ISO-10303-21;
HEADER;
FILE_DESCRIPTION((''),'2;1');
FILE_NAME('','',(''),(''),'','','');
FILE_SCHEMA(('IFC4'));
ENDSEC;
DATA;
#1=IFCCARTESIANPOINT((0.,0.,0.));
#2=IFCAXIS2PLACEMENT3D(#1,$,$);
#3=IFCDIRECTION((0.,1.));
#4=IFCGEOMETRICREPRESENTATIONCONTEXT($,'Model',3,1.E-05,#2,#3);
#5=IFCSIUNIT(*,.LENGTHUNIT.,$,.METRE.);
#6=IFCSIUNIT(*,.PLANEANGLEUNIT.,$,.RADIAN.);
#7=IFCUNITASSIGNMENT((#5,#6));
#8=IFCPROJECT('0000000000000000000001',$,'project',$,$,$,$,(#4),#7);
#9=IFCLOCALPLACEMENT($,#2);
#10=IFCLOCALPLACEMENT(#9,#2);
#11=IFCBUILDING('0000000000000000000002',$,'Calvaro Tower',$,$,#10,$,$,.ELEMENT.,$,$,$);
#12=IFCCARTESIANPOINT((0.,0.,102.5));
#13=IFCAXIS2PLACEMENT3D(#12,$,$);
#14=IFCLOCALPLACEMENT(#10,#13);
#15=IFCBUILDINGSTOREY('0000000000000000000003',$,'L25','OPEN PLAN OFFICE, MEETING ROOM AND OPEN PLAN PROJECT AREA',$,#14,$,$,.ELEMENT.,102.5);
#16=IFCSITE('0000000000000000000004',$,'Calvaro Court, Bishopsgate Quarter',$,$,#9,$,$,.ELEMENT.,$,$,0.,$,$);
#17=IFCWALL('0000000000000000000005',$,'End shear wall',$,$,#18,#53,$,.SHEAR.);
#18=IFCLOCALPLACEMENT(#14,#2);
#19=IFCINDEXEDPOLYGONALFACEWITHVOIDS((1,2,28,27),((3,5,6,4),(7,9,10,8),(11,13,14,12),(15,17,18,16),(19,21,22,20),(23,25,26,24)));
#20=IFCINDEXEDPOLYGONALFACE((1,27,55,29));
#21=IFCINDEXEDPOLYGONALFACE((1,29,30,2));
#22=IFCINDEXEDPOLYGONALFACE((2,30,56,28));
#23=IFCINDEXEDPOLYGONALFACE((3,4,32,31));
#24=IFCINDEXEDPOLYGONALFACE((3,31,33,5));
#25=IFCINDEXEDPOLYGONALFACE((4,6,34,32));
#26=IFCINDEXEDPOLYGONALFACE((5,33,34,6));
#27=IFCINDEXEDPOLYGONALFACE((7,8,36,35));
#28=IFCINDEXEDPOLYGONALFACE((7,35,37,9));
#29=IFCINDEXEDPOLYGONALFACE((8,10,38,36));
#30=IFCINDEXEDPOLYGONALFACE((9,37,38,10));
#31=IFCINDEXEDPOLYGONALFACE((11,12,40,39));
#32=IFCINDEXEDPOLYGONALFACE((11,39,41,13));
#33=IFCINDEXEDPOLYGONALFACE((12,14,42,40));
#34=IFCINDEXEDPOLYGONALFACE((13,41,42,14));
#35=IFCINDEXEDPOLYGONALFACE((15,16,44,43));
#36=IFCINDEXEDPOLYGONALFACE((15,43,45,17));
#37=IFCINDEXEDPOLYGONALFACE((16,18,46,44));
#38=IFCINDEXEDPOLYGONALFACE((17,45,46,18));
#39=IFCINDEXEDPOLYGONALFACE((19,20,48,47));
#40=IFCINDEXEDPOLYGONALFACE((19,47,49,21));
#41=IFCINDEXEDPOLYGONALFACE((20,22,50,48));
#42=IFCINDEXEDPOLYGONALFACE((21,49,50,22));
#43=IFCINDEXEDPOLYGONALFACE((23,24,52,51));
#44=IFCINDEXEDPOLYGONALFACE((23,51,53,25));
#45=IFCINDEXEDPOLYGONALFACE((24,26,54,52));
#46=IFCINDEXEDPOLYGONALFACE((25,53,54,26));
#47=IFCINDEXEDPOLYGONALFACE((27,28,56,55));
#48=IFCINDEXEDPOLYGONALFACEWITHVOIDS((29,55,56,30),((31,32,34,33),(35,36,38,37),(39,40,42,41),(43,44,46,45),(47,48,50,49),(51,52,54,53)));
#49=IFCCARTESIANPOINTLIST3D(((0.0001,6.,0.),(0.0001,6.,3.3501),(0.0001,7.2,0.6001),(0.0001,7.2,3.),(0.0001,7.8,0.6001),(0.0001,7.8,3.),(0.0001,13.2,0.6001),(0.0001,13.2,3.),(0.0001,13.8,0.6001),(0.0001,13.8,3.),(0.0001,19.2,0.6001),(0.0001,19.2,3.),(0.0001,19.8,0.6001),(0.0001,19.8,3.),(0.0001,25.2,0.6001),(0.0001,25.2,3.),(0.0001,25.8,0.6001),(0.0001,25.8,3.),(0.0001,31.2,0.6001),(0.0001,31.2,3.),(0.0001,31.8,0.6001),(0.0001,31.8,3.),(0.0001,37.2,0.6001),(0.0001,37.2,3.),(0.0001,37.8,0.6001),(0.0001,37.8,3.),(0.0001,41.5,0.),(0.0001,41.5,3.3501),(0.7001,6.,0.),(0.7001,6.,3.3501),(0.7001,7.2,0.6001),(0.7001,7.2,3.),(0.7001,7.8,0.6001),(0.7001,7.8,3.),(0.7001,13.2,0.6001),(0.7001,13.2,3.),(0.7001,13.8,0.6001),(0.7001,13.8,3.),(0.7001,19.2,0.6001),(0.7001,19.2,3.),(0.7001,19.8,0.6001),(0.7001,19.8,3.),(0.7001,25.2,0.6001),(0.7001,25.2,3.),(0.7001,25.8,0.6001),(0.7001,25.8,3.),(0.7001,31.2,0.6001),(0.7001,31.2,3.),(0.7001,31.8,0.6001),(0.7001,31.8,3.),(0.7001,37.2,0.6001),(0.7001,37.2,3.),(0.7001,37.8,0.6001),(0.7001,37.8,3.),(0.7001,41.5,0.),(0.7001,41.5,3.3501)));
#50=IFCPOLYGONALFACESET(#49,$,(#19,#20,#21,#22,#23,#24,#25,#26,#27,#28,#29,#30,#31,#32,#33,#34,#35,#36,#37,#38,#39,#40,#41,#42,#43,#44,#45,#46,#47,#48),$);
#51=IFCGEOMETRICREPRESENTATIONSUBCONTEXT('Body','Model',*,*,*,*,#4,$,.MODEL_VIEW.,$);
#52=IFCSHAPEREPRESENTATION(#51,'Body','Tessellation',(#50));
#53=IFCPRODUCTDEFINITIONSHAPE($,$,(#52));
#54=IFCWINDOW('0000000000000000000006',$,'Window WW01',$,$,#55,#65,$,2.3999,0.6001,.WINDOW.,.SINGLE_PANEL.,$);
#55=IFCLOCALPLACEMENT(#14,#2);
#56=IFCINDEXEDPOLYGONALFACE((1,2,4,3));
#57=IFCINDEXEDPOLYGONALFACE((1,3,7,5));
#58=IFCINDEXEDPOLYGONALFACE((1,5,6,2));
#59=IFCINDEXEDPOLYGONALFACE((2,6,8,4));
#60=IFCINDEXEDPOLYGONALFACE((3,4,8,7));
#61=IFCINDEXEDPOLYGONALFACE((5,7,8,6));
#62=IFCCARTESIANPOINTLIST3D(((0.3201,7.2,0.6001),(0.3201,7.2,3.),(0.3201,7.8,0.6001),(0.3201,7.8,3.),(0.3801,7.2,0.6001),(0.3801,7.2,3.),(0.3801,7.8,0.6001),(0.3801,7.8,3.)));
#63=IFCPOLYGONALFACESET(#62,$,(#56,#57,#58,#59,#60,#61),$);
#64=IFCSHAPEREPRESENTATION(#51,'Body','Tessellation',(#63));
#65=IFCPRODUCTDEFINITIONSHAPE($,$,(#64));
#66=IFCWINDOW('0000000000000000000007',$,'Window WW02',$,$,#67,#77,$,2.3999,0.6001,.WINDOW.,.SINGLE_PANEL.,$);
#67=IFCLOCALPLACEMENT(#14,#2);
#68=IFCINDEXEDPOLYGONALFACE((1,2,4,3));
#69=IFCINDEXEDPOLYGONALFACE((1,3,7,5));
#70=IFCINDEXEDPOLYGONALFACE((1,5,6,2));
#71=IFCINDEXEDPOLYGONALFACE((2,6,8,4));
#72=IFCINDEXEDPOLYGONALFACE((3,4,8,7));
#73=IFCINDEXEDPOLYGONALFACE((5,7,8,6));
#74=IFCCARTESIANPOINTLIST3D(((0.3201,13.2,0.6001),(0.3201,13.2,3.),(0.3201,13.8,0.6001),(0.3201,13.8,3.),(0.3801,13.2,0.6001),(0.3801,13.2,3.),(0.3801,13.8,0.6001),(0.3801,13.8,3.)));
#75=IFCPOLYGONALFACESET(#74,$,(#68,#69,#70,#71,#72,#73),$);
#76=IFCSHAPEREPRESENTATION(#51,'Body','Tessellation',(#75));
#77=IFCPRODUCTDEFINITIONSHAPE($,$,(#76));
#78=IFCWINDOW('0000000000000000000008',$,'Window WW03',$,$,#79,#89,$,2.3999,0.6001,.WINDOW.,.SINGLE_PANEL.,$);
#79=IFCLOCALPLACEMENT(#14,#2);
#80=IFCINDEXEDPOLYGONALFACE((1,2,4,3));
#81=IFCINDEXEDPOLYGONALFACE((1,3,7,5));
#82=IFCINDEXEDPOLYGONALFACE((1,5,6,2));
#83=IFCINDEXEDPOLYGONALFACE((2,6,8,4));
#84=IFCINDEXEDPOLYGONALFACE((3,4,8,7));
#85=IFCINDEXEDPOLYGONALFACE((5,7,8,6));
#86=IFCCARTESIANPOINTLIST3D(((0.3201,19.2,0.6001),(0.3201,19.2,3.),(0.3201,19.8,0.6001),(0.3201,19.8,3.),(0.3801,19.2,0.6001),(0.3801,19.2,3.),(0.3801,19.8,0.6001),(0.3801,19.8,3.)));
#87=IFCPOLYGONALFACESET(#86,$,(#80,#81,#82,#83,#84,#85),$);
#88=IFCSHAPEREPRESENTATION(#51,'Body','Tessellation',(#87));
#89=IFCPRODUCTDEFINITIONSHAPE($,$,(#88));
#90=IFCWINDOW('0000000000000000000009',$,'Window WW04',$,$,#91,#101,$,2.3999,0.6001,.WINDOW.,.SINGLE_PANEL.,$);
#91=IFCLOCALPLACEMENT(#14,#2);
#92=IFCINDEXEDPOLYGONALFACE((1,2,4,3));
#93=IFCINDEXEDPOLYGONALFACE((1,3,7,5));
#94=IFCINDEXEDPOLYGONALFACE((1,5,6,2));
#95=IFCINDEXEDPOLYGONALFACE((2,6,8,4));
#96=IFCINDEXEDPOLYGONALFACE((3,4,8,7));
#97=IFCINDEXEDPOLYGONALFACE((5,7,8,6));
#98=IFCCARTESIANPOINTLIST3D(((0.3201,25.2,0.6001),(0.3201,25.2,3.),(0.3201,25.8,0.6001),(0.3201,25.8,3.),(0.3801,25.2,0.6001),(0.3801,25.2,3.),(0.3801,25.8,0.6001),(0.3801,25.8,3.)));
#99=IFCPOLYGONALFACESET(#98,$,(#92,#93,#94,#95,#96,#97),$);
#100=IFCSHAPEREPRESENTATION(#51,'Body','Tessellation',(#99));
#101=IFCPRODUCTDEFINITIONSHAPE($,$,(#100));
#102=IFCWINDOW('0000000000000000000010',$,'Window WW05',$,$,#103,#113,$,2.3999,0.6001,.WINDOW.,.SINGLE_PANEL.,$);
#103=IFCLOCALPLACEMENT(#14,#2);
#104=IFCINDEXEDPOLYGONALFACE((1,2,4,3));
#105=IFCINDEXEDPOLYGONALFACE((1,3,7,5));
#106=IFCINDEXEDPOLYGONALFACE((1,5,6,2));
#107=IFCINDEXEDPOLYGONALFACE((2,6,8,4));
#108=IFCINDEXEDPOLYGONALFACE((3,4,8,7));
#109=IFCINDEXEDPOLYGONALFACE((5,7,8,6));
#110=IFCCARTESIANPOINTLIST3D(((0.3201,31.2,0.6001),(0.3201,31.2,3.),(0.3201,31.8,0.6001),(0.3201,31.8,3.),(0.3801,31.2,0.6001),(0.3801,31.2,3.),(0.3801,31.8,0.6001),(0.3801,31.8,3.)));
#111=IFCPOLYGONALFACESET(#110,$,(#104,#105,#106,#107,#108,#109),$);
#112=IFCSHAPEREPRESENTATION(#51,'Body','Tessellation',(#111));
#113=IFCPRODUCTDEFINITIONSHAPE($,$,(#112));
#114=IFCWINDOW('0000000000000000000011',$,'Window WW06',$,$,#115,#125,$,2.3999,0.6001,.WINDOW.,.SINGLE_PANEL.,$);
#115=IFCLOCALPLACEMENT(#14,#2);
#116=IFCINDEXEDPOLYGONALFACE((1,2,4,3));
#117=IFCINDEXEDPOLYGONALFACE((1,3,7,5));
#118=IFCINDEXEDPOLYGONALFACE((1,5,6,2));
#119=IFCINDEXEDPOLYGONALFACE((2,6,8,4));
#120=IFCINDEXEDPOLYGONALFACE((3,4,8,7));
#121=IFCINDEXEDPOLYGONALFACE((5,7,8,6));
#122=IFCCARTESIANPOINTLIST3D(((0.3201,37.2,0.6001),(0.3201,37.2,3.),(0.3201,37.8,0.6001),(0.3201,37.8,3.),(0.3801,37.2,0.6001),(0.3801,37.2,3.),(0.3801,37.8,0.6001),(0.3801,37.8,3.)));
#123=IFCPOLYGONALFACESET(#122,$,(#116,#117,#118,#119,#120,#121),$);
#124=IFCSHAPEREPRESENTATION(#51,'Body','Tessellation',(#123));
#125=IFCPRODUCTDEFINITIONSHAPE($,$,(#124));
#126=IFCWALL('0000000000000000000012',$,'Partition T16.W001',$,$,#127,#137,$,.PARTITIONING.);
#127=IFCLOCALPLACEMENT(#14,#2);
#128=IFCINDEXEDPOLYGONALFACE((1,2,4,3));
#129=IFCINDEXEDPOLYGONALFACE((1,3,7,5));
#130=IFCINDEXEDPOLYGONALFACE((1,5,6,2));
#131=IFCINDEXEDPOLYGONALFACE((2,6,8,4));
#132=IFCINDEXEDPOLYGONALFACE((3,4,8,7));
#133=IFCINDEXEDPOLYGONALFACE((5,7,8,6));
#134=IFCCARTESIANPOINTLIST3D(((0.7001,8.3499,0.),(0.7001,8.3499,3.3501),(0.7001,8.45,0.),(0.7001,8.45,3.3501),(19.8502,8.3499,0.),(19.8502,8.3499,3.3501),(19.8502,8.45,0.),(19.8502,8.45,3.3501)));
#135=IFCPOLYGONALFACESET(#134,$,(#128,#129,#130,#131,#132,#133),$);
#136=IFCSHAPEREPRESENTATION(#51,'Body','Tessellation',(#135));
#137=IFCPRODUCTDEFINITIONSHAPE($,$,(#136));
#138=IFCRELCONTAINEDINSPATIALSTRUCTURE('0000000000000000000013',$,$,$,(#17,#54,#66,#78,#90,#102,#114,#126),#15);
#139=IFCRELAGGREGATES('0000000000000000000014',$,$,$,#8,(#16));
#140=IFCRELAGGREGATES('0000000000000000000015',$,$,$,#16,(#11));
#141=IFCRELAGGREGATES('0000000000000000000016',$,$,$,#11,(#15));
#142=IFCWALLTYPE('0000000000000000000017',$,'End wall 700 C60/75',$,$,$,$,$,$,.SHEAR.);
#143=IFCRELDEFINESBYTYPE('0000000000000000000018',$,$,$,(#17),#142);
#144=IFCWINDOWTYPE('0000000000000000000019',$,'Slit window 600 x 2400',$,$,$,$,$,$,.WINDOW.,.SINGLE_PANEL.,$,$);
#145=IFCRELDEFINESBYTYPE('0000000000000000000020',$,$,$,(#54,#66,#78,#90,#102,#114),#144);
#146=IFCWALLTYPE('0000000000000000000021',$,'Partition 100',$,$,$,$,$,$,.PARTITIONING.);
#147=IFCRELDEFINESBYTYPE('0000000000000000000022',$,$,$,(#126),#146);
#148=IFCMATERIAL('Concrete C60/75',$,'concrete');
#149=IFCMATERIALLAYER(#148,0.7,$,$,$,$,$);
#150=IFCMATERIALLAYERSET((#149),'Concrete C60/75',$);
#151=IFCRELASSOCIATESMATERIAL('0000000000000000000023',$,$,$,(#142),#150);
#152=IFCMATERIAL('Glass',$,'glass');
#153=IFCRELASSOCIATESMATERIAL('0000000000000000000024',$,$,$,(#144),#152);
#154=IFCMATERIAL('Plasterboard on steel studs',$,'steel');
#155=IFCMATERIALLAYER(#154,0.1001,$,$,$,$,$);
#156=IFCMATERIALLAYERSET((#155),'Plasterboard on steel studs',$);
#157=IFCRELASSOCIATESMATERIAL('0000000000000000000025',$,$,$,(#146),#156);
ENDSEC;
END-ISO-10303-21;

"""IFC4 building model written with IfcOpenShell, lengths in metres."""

from ifc_helpers import new_model, si_unit, direction, frame, frame_2d, origin, place, context, subcontext, project, spatial, rectangle, extrude, material, layer, layer_set, type_object, element, fill, save


model = new_model("IFC4")

# Units and contexts
model_context = context("Model", 3, precision=1e-05, world=origin(), true_north=direction((0.0, 1.0)))
body_context = subcontext(model_context, "Body", "Model", "MODEL_VIEW")
ifc_project = project(units=[si_unit("LENGTHUNIT", "METRE"), si_unit("PLANEANGLEUNIT", "RADIAN")], contexts=[model_context])

# Site, building, storey
site_placement = place(None, origin())
site = spatial("IfcSite", under=ifc_project, at=site_placement, Name="Calvaro Court, Bishopsgate Quarter", CompositionType="ELEMENT", RefElevation=0.0)
building_placement = place(site_placement, origin())
building = spatial("IfcBuilding", under=site, at=building_placement, Name="Calvaro Tower", CompositionType="ELEMENT")
storey_placement = place(building_placement, frame((0.0, 0.0, 102.5)))
storey = spatial("IfcBuildingStorey", under=building, at=storey_placement, Name="L25", Description="OPEN PLAN OFFICE, MEETING ROOM AND OPEN PLAN PROJECT AREA", CompositionType="ELEMENT", Elevation=102.5)

# Wall, openings, windows
ifc_material_1 = material(Name="Concrete C60/75", Category="concrete")
ifc_layer_1 = layer(ifc_material_1, 0.7)
ifc_layer_set_1 = layer_set([ifc_layer_1], Name="Concrete C60/75")
wall_type_1 = type_object("IfcWallType", Name="End wall 700 C60/75", PredefinedType="SHEAR", material=ifc_layer_set_1)
wall_1_placement = place(storey_placement, frame((0.3501, 6.0, 0.0), z_axis=(0.0, 0.0, 1.0), x_axis=(0.0, 1.0, 0.0)))
wall_1 = element("IfcWall", 1, at=wall_1_placement, inside=storey, type_object=wall_type_1, Name="End shear wall", PredefinedType="SHEAR", context=body_context, shape_type="SweptSolid", body=[
    extrude(rectangle(XDim=35.5, YDim=0.7, at=frame_2d((17.75, 0.0))), origin(), (0.0, 0.0, 1.0), 3.3501),
])
opening_1_placement = place(wall_1_placement, frame((1.2, 0.0, 0.6001)))
opening_1 = element("IfcOpeningElement", 2, at=opening_1_placement, cuts=wall_1, PredefinedType="OPENING", context=body_context, shape_type="SweptSolid", body=[
    extrude(rectangle(XDim=0.6001, YDim=2.3999, at=frame_2d((0.3, 1.2))), frame((0.0, 0.3599, 0.0), z_axis=(0.0, -1.0, 0.0), x_axis=(1.0, 0.0, 0.0)), (0.0, 0.0, 1.0), 0.72),
])
opening_2_placement = place(wall_1_placement, frame((7.2, 0.0, 0.6001)))
opening_2 = element("IfcOpeningElement", 3, at=opening_2_placement, cuts=wall_1, PredefinedType="OPENING", context=body_context, shape_type="SweptSolid", body=[
    extrude(rectangle(XDim=0.6001, YDim=2.3999, at=frame_2d((0.3, 1.2))), frame((0.0, 0.3599, 0.0), z_axis=(0.0, -1.0, 0.0), x_axis=(1.0, 0.0, 0.0)), (0.0, 0.0, 1.0), 0.72),
])
opening_3_placement = place(wall_1_placement, frame((13.2, 0.0, 0.6001)))
opening_3 = element("IfcOpeningElement", 4, at=opening_3_placement, cuts=wall_1, PredefinedType="OPENING", context=body_context, shape_type="SweptSolid", body=[
    extrude(rectangle(XDim=0.6001, YDim=2.3999, at=frame_2d((0.3, 1.2))), frame((0.0, 0.3599, 0.0), z_axis=(0.0, -1.0, 0.0), x_axis=(1.0, 0.0, 0.0)), (0.0, 0.0, 1.0), 0.72),
])
opening_4_placement = place(wall_1_placement, frame((19.2, 0.0, 0.6001)))
opening_4 = element("IfcOpeningElement", 5, at=opening_4_placement, cuts=wall_1, PredefinedType="OPENING", context=body_context, shape_type="SweptSolid", body=[
    extrude(rectangle(XDim=0.6001, YDim=2.3999, at=frame_2d((0.3, 1.2))), frame((0.0, 0.3599, 0.0), z_axis=(0.0, -1.0, 0.0), x_axis=(1.0, 0.0, 0.0)), (0.0, 0.0, 1.0), 0.72),
])
opening_5_placement = place(wall_1_placement, frame((25.2, 0.0, 0.6001)))
opening_5 = element("IfcOpeningElement", 6, at=opening_5_placement, cuts=wall_1, PredefinedType="OPENING", context=body_context, shape_type="SweptSolid", body=[
    extrude(rectangle(XDim=0.6001, YDim=2.3999, at=frame_2d((0.3, 1.2))), frame((0.0, 0.3599, 0.0), z_axis=(0.0, -1.0, 0.0), x_axis=(1.0, 0.0, 0.0)), (0.0, 0.0, 1.0), 0.72),
])
opening_6_placement = place(wall_1_placement, frame((31.2, 0.0, 0.6001)))
opening_6 = element("IfcOpeningElement", 7, at=opening_6_placement, cuts=wall_1, PredefinedType="OPENING", context=body_context, shape_type="SweptSolid", body=[
    extrude(rectangle(XDim=0.6001, YDim=2.3999, at=frame_2d((0.3, 1.2))), frame((0.0, 0.3599, 0.0), z_axis=(0.0, -1.0, 0.0), x_axis=(1.0, 0.0, 0.0)), (0.0, 0.0, 1.0), 0.72),
])
ifc_material_2 = material(Name="Glass", Category="glass")
window_type = type_object("IfcWindowType", Name="Slit window 600 x 2400", PartitioningType="SINGLE_PANEL", PredefinedType="WINDOW", material=ifc_material_2)
window_1_placement = place(opening_1_placement, origin())
window_1 = element("IfcWindow", 8, at=window_1_placement, inside=storey, type_object=window_type, Name="Window WW01", OverallHeight=2.3999, OverallWidth=0.6001, PartitioningType="SINGLE_PANEL", PredefinedType="WINDOW", context=body_context, shape_type="SweptSolid", body=[
    extrude(rectangle(XDim=0.6001, YDim=2.3999, at=frame_2d((0.3, 1.2))), frame((0.0, 0.03, 0.0), z_axis=(0.0, -1.0, 0.0), x_axis=(1.0, 0.0, 0.0)), (0.0, 0.0, 1.0), 0.0601),
])
fill(opening_1, window_1)
window_2_placement = place(opening_2_placement, origin())
window_2 = element("IfcWindow", 9, at=window_2_placement, inside=storey, type_object=window_type, Name="Window WW02", OverallHeight=2.3999, OverallWidth=0.6001, PartitioningType="SINGLE_PANEL", PredefinedType="WINDOW", context=body_context, shape_type="SweptSolid", body=[
    extrude(rectangle(XDim=0.6001, YDim=2.3999, at=frame_2d((0.3, 1.2))), frame((0.0, 0.03, 0.0), z_axis=(0.0, -1.0, 0.0), x_axis=(1.0, 0.0, 0.0)), (0.0, 0.0, 1.0), 0.0601),
])
fill(opening_2, window_2)
window_3_placement = place(opening_3_placement, origin())
window_3 = element("IfcWindow", 10, at=window_3_placement, inside=storey, type_object=window_type, Name="Window WW03", OverallHeight=2.3999, OverallWidth=0.6001, PartitioningType="SINGLE_PANEL", PredefinedType="WINDOW", context=body_context, shape_type="SweptSolid", body=[
    extrude(rectangle(XDim=0.6001, YDim=2.3999, at=frame_2d((0.3, 1.2))), frame((0.0, 0.03, 0.0), z_axis=(0.0, -1.0, 0.0), x_axis=(1.0, 0.0, 0.0)), (0.0, 0.0, 1.0), 0.0601),
])
fill(opening_3, window_3)
window_4_placement = place(opening_4_placement, origin())
window_4 = element("IfcWindow", 11, at=window_4_placement, inside=storey, type_object=window_type, Name="Window WW04", OverallHeight=2.3999, OverallWidth=0.6001, PartitioningType="SINGLE_PANEL", PredefinedType="WINDOW", context=body_context, shape_type="SweptSolid", body=[
    extrude(rectangle(XDim=0.6001, YDim=2.3999, at=frame_2d((0.3, 1.2))), frame((0.0, 0.03, 0.0), z_axis=(0.0, -1.0, 0.0), x_axis=(1.0, 0.0, 0.0)), (0.0, 0.0, 1.0), 0.0601),
])
fill(opening_4, window_4)
window_5_placement = place(opening_5_placement, origin())
window_5 = element("IfcWindow", 12, at=window_5_placement, inside=storey, type_object=window_type, Name="Window WW05", OverallHeight=2.3999, OverallWidth=0.6001, PartitioningType="SINGLE_PANEL", PredefinedType="WINDOW", context=body_context, shape_type="SweptSolid", body=[
    extrude(rectangle(XDim=0.6001, YDim=2.3999, at=frame_2d((0.3, 1.2))), frame((0.0, 0.03, 0.0), z_axis=(0.0, -1.0, 0.0), x_axis=(1.0, 0.0, 0.0)), (0.0, 0.0, 1.0), 0.0601),
])
fill(opening_5, window_5)
window_6_placement = place(opening_6_placement, origin())
window_6 = element("IfcWindow", 13, at=window_6_placement, inside=storey, type_object=window_type, Name="Window WW06", OverallHeight=2.3999, OverallWidth=0.6001, PartitioningType="SINGLE_PANEL", PredefinedType="WINDOW", context=body_context, shape_type="SweptSolid", body=[
    extrude(rectangle(XDim=0.6001, YDim=2.3999, at=frame_2d((0.3, 1.2))), frame((0.0, 0.03, 0.0), z_axis=(0.0, -1.0, 0.0), x_axis=(1.0, 0.0, 0.0)), (0.0, 0.0, 1.0), 0.0601),
])
fill(opening_6, window_6)

# Wall
ifc_material_3 = material(Name="Plasterboard on steel studs", Category="steel")
ifc_layer_2 = layer(ifc_material_3, 0.1001)
ifc_layer_set_2 = layer_set([ifc_layer_2], Name="Plasterboard on steel studs")
wall_type_2 = type_object("IfcWallType", Name="Partition 100", PredefinedType="PARTITIONING", material=ifc_layer_set_2)
wall_2_placement = place(storey_placement, frame((0.7, 8.3999, 0.0), z_axis=(0.0, 0.0, 1.0), x_axis=(1.0, 0.0, 0.0)))
element("IfcWall", 14, at=wall_2_placement, inside=storey, type_object=wall_type_2, Name="Partition T16.W001", PredefinedType="PARTITIONING", context=body_context, shape_type="SweptSolid", body=[
    extrude(rectangle(XDim=19.1501, YDim=0.1001, at=frame_2d((9.5752, 0.0))), origin(), (0.0, 0.0, 1.0), 3.3501),
])

save(model, "model.ifc")
